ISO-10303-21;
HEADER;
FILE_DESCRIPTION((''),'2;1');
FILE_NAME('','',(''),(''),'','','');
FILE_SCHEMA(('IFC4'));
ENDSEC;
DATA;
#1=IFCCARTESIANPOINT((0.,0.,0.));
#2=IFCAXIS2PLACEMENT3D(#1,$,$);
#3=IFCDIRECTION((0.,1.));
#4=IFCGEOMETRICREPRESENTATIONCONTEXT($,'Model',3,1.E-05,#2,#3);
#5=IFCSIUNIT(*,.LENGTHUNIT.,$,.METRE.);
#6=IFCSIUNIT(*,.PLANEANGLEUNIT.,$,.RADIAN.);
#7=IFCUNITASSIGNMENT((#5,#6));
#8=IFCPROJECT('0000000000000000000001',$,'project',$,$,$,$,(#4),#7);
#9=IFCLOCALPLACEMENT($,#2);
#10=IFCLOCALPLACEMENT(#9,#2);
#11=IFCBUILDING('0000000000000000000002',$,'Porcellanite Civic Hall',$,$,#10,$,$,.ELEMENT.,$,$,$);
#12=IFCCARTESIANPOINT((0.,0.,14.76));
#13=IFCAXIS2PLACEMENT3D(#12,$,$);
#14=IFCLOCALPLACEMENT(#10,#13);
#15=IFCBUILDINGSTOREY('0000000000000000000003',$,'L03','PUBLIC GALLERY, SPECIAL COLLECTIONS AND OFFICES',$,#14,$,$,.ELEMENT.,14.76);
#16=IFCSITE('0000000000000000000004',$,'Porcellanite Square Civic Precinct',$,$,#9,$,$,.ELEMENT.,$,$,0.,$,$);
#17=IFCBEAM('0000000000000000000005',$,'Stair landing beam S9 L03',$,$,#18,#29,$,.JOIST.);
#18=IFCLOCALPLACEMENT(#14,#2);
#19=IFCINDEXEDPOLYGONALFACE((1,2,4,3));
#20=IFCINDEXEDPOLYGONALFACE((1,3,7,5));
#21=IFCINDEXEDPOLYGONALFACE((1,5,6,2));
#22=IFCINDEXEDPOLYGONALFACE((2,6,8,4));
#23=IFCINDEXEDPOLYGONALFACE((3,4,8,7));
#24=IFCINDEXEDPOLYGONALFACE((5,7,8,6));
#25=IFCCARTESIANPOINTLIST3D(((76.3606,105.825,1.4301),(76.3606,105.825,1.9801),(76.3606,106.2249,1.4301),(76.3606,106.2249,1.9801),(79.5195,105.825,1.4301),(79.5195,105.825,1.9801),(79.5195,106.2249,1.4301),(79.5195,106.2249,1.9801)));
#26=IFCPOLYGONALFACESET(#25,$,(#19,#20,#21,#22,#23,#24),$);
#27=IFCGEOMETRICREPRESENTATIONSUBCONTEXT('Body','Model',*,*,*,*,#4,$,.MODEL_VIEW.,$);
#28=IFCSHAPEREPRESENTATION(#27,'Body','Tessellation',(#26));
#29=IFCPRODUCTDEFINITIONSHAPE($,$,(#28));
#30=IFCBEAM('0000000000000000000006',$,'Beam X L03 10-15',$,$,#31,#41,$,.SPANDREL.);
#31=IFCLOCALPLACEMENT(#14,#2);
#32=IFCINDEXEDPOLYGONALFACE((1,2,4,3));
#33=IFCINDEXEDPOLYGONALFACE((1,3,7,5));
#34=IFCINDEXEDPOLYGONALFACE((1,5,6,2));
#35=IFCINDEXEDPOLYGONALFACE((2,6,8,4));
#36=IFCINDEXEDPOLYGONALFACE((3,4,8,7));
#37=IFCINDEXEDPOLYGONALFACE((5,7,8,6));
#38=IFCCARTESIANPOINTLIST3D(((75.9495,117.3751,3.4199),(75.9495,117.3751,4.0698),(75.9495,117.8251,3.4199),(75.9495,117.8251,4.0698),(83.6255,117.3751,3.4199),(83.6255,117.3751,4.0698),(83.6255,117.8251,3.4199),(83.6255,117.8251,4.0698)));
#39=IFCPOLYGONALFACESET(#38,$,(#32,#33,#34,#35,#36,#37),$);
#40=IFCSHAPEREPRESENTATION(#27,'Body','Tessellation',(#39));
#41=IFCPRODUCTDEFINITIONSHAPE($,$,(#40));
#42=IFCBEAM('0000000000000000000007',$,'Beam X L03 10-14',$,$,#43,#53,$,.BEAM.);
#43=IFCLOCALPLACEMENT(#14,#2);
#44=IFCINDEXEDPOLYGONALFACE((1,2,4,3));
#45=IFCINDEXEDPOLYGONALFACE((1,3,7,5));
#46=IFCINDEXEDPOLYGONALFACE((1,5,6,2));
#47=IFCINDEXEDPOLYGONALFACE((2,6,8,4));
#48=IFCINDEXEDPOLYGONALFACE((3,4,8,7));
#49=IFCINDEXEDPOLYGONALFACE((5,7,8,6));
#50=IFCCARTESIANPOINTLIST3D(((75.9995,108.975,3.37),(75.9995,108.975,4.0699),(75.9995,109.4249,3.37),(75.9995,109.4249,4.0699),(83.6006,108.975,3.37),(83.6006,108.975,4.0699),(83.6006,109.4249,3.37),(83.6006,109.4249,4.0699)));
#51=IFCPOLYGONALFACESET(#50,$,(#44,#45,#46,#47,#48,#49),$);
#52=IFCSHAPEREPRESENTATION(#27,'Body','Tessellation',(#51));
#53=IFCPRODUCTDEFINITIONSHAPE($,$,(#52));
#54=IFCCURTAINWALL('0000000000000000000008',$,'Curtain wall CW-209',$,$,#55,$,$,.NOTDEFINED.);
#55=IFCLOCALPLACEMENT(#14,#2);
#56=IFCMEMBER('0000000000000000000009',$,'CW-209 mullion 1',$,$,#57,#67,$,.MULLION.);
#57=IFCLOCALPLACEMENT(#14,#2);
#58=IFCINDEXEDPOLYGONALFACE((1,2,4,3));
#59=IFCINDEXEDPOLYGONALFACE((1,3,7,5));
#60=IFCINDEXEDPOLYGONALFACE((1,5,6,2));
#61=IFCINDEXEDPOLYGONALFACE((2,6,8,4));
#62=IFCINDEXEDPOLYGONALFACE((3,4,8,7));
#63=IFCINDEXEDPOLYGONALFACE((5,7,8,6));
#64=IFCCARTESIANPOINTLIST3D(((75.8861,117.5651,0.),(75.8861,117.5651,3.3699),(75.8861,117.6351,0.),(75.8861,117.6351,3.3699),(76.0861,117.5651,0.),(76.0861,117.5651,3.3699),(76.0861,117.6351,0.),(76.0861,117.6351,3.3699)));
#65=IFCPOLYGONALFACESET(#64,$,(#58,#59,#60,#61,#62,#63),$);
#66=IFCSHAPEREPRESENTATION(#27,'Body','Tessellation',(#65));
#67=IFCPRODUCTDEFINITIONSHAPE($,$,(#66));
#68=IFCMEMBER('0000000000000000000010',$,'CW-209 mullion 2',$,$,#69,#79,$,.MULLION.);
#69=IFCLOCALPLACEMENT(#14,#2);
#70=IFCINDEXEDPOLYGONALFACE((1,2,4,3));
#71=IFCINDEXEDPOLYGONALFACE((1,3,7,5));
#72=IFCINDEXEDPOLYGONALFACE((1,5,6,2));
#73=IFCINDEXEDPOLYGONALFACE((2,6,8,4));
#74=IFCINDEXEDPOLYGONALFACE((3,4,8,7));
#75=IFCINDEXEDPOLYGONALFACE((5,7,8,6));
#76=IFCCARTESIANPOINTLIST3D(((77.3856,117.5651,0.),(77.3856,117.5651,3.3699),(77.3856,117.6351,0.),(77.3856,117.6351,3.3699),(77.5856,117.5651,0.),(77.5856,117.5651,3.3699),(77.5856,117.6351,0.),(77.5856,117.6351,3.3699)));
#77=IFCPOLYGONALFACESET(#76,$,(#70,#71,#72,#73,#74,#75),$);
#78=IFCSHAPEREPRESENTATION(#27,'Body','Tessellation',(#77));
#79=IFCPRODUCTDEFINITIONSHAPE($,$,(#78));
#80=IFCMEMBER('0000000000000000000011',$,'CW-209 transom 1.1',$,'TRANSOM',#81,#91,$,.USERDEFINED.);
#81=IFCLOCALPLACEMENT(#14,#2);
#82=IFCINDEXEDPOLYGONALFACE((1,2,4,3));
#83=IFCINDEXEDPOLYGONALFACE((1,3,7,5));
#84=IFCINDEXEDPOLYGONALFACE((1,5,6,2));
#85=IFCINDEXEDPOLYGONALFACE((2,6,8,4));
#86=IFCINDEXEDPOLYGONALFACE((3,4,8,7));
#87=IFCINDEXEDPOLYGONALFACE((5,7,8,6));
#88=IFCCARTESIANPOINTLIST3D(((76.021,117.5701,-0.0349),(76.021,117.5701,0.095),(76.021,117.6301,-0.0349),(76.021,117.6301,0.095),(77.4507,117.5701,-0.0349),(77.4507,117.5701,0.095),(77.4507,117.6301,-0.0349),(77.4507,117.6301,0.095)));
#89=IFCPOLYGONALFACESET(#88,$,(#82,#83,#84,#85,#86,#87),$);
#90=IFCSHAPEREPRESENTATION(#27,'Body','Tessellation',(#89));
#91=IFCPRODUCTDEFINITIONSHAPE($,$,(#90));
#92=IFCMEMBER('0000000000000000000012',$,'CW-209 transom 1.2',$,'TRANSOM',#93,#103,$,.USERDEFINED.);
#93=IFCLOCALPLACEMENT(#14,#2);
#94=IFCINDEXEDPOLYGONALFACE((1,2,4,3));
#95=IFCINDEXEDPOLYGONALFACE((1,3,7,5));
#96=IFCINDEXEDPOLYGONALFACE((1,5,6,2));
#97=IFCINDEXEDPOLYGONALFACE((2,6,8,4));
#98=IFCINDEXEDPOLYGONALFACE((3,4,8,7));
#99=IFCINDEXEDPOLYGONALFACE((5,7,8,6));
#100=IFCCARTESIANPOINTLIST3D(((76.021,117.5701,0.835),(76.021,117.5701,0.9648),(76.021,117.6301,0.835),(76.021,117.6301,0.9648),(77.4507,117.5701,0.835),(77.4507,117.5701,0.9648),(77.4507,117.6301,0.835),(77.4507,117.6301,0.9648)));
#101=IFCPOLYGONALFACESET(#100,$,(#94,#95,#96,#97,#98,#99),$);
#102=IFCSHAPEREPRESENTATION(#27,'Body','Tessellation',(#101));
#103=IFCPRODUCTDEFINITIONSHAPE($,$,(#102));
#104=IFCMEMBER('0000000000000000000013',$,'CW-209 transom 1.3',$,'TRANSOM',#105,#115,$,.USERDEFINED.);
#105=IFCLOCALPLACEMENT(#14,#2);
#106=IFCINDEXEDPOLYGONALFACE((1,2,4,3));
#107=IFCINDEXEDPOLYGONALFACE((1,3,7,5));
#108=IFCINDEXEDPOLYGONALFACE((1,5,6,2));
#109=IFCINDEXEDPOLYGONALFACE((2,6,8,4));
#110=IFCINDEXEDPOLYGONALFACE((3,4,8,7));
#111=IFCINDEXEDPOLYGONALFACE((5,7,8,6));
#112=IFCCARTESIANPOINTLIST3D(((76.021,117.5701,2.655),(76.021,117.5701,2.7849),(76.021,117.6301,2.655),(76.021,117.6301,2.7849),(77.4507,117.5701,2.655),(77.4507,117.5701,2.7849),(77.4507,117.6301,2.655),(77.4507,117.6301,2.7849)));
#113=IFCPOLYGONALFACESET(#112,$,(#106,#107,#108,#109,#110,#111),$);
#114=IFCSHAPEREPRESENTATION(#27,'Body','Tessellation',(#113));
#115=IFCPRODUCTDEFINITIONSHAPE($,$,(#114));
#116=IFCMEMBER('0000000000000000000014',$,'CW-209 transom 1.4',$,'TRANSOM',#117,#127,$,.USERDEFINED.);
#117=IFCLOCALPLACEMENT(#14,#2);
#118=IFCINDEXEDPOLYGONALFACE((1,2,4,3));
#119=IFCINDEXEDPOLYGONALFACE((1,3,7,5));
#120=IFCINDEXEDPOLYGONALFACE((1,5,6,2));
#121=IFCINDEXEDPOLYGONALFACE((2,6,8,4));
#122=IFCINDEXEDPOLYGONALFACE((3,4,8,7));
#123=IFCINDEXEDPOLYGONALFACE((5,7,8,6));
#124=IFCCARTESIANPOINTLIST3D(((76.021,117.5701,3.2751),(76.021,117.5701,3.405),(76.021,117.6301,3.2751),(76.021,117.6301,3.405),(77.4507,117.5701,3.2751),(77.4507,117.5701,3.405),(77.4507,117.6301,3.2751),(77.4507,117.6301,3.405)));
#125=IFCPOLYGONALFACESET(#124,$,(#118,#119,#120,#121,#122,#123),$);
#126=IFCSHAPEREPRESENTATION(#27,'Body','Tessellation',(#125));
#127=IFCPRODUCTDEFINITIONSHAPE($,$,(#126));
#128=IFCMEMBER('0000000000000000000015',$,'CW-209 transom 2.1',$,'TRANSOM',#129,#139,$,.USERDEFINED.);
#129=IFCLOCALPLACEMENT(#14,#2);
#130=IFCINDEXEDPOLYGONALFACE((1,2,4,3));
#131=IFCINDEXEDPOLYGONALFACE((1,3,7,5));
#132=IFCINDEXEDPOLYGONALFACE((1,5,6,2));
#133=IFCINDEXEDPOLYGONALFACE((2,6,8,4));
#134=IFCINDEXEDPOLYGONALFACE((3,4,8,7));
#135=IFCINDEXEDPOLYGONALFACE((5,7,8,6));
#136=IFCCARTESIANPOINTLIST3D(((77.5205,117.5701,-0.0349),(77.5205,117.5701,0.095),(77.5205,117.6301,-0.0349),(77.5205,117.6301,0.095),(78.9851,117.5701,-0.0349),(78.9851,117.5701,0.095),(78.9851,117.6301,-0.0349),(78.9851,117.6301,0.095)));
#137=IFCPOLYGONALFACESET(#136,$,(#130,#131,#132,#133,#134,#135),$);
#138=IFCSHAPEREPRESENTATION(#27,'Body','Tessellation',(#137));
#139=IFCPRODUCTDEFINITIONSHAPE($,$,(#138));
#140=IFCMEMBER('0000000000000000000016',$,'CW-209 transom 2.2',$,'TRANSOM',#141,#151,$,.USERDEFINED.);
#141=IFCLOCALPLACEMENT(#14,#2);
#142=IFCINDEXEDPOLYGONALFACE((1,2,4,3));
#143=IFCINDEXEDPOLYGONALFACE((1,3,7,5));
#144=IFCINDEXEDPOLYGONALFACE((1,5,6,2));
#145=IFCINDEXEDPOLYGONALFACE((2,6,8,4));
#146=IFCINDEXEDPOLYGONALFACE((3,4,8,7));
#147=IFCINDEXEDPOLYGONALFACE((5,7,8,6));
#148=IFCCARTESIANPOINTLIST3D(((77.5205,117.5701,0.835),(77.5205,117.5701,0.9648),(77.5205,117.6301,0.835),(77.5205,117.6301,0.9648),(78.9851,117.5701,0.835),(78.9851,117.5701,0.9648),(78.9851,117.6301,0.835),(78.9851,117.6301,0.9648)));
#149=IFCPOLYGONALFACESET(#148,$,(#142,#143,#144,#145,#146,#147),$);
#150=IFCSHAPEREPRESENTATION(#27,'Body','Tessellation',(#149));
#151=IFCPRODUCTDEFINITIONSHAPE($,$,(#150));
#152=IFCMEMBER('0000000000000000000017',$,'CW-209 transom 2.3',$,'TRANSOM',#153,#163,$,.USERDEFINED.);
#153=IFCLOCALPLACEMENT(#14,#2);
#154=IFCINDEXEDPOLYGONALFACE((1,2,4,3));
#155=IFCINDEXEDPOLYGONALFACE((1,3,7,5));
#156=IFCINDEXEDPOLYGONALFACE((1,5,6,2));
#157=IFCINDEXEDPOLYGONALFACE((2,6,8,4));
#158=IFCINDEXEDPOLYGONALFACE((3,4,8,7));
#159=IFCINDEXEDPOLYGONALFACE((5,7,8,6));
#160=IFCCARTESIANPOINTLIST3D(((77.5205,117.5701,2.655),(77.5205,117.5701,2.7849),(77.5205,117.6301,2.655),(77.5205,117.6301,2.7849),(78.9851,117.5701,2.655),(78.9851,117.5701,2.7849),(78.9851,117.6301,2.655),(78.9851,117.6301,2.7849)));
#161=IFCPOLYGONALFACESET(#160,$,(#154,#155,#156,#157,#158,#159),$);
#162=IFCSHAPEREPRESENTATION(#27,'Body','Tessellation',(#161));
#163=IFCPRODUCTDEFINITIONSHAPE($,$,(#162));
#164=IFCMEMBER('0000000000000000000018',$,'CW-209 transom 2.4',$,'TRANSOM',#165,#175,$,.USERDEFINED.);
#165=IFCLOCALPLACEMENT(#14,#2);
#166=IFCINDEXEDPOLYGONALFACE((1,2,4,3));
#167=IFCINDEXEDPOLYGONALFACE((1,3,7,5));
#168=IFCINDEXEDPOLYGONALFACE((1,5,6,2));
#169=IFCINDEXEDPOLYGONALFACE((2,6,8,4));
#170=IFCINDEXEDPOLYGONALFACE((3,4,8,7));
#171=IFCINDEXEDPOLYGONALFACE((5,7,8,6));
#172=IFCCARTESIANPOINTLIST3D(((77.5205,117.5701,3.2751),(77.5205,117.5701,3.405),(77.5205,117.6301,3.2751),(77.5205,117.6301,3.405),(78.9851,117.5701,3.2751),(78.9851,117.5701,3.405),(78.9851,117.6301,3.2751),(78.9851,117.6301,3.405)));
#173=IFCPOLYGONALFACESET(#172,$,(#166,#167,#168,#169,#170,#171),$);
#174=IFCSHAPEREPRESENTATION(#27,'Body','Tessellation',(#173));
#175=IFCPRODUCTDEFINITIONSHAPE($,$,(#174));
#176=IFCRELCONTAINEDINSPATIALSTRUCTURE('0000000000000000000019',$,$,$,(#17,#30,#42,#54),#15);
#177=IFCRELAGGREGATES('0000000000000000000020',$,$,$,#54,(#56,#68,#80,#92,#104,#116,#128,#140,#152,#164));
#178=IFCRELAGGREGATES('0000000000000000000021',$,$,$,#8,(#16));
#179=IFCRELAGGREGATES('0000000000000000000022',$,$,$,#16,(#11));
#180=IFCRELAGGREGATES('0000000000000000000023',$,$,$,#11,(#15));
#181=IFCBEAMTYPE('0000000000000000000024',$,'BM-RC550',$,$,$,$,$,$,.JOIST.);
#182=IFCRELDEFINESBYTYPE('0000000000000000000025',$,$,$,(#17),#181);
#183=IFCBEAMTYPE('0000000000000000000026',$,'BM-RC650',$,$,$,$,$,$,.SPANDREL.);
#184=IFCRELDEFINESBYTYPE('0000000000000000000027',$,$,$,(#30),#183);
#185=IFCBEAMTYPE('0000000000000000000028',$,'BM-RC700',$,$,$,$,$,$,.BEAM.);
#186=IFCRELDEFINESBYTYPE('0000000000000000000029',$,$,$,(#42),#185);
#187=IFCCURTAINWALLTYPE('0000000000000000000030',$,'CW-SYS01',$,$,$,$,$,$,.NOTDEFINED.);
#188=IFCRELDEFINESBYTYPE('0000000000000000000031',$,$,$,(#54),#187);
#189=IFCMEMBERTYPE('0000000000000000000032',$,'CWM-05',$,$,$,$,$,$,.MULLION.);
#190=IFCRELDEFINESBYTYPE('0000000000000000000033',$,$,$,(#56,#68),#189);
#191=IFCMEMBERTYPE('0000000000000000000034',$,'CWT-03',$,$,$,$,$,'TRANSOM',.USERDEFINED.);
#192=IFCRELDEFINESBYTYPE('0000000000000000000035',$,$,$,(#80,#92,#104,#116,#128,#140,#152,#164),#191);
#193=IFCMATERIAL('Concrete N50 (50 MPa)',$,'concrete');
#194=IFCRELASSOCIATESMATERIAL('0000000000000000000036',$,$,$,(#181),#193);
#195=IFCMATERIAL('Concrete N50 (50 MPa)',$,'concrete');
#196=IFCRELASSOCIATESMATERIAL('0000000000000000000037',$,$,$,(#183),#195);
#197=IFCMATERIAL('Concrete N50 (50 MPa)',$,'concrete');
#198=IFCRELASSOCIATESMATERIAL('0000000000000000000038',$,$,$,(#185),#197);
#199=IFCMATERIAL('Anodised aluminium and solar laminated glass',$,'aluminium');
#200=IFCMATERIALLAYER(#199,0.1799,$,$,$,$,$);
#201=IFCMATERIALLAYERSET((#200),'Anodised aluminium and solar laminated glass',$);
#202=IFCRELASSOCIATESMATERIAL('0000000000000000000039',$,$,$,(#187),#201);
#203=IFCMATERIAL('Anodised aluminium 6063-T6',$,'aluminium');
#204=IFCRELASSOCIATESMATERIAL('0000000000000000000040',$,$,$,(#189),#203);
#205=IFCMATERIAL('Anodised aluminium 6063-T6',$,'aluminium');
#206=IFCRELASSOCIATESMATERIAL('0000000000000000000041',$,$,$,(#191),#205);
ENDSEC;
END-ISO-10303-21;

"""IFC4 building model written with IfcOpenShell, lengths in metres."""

from ifc_helpers import new_model, si_unit, direction, frame, origin, origin_2d, place, context, subcontext, project, spatial, rectangle, extrude, material, layer, layer_set, material_profile, profile_set, type_object, element, aggregate, save


model = new_model("IFC4")

# Units and contexts
model_context = context("Model", 3, precision=1e-05, world=origin(), true_north=direction((0.0, 1.0)))
body_context = subcontext(model_context, "Body", "Model", "MODEL_VIEW")
ifc_project = project(units=[si_unit("LENGTHUNIT", "METRE"), si_unit("PLANEANGLEUNIT", "RADIAN")], contexts=[model_context])

# Site, building, storey
site_placement = place(None, origin())
site = spatial("IfcSite", under=ifc_project, at=site_placement, Name="Porcellanite Square Civic Precinct", CompositionType="ELEMENT", RefElevation=0.0)
building_placement = place(site_placement, origin())
building = spatial("IfcBuilding", under=site, at=building_placement, Name="Porcellanite Civic Hall", CompositionType="ELEMENT")
storey_placement = place(building_placement, frame((0.0, 0.0, 14.76)))
storey = spatial("IfcBuildingStorey", under=building, at=storey_placement, Name="L03", Description="PUBLIC GALLERY, SPECIAL COLLECTIONS AND OFFICES", CompositionType="ELEMENT", Elevation=14.76)

# Beams
ifc_material_1 = material(Name="Concrete N50 (50 MPa)", Category="concrete")
ifc_material_profile_1 = material_profile(ifc_material_1, rectangle(XDim=0.3999, YDim=0.55, at=origin_2d()), Name="RC-400x550")
ifc_profile_set_1 = profile_set([ifc_material_profile_1], Name="Concrete N50 (50 MPa)")
beam_type_1 = type_object("IfcBeamType", Name="BM-RC550", PredefinedType="JOIST", material=ifc_profile_set_1)
beam_1_placement = place(storey_placement, frame((76.3606, 106.0249, 1.7051), z_axis=(1.0, 0.0, 0.0), x_axis=(0.0, 1.0, 0.0)))
element("IfcBeam", 1, at=beam_1_placement, inside=storey, type_object=beam_type_1, Name="Stair landing beam S9 L03", PredefinedType="JOIST", context=body_context, shape_type="SweptSolid", body=[
    extrude(rectangle(XDim=0.3999, YDim=0.55, at=origin_2d()), origin(), (0.0, 0.0, 1.0), 3.1589),
])
ifc_material_2 = material(Name="Concrete N50 (50 MPa)", Category="concrete")
ifc_material_profile_2 = material_profile(ifc_material_2, rectangle(XDim=0.45, YDim=0.6499, at=origin_2d()), Name="RC-450x650")
ifc_profile_set_2 = profile_set([ifc_material_profile_2], Name="Concrete N50 (50 MPa)")
beam_type_2 = type_object("IfcBeamType", Name="BM-RC650", PredefinedType="SPANDREL", material=ifc_profile_set_2)
beam_2_placement = place(storey_placement, frame((75.9495, 117.6001, 3.7449), z_axis=(1.0, 0.0, 0.0), x_axis=(0.0, 1.0, 0.0)))
element("IfcBeam", 2, at=beam_2_placement, inside=storey, type_object=beam_type_2, Name="Beam X L03 10-15", PredefinedType="SPANDREL", context=body_context, shape_type="SweptSolid", body=[
    extrude(rectangle(XDim=0.45, YDim=0.6499, at=origin_2d()), origin(), (0.0, 0.0, 1.0), 7.676),
])
ifc_material_3 = material(Name="Concrete N50 (50 MPa)", Category="concrete")
ifc_material_profile_3 = material_profile(ifc_material_3, rectangle(XDim=0.45, YDim=0.7, at=origin_2d()), Name="RC-450x700")
ifc_profile_set_3 = profile_set([ifc_material_profile_3], Name="Concrete N50 (50 MPa)")
beam_type_3 = type_object("IfcBeamType", Name="BM-RC700", PredefinedType="BEAM", material=ifc_profile_set_3)
beam_3_placement = place(storey_placement, frame((75.9995, 109.2, 3.72), z_axis=(1.0, 0.0, 0.0), x_axis=(0.0, 1.0, 0.0)))
element("IfcBeam", 3, at=beam_3_placement, inside=storey, type_object=beam_type_3, Name="Beam X L03 10-14", PredefinedType="BEAM", context=body_context, shape_type="SweptSolid", body=[
    extrude(rectangle(XDim=0.45, YDim=0.7, at=origin_2d()), origin(), (0.0, 0.0, 1.0), 7.6011),
])

# Curtain wall, members
ifc_material_4 = material(Name="Anodised aluminium and solar laminated glass", Category="aluminium")
ifc_layer_1 = layer(ifc_material_4, 0.1799)
ifc_layer_set_1 = layer_set([ifc_layer_1], Name="Anodised aluminium and solar laminated glass")
curtain_wall_type = type_object("IfcCurtainWallType", Name="CW-SYS01", PredefinedType="NOTDEFINED", material=ifc_layer_set_1)
curtain_wall_placement = place(storey_placement, origin())
curtain_wall = element("IfcCurtainWall", 4, at=curtain_wall_placement, inside=storey, type_object=curtain_wall_type, Name="Curtain wall CW-209", PredefinedType="NOTDEFINED")
ifc_material_5 = material(Name="Anodised aluminium 6063-T6", Category="aluminium")
ifc_material_profile_4 = material_profile(ifc_material_5, rectangle(XDim=0.0701, YDim=0.2, at=origin_2d()), Name="AL-70x200")
ifc_profile_set_4 = profile_set([ifc_material_profile_4], Name="Anodised aluminium 6063-T6")
member_type_1 = type_object("IfcMemberType", Name="CWM-05", PredefinedType="MULLION", material=ifc_profile_set_4)
member_1_placement = place(storey_placement, frame((75.9861, 117.6001, 0.0), z_axis=(0.0, 0.0, 1.0), x_axis=(0.0, 1.0, 0.0)))
member_1 = element("IfcMember", 5, at=member_1_placement, type_object=member_type_1, Name="CW-209 mullion 1", PredefinedType="MULLION", context=body_context, shape_type="SweptSolid", body=[
    extrude(rectangle(XDim=0.0701, YDim=0.2, at=origin_2d()), origin(), (0.0, 0.0, 1.0), 3.3699),
])
member_2_placement = place(storey_placement, frame((77.4856, 117.6001, 0.0), z_axis=(0.0, 0.0, 1.0), x_axis=(0.0, 1.0, 0.0)))
member_2 = element("IfcMember", 6, at=member_2_placement, type_object=member_type_1, Name="CW-209 mullion 2", PredefinedType="MULLION", context=body_context, shape_type="SweptSolid", body=[
    extrude(rectangle(XDim=0.0701, YDim=0.2, at=origin_2d()), origin(), (0.0, 0.0, 1.0), 3.3699),
])
ifc_material_6 = material(Name="Anodised aluminium 6063-T6", Category="aluminium")
ifc_material_profile_5 = material_profile(ifc_material_6, rectangle(XDim=0.0601, YDim=0.1299, at=origin_2d()), Name="AL-60x130")
ifc_profile_set_5 = profile_set([ifc_material_profile_5], Name="Anodised aluminium 6063-T6")
member_type_2 = type_object("IfcMemberType", Name="CWT-03", ElementType="TRANSOM", PredefinedType="USERDEFINED", material=ifc_profile_set_5)
member_3_placement = place(storey_placement, frame((76.021, 117.6001, 0.03), z_axis=(1.0, 0.0, 0.0), x_axis=(0.0, 1.0, 0.0)))
member_3 = element("IfcMember", 7, at=member_3_placement, type_object=member_type_2, Name="CW-209 transom 1.1", ObjectType="TRANSOM", PredefinedType="USERDEFINED", context=body_context, shape_type="SweptSolid", body=[
    extrude(rectangle(XDim=0.0601, YDim=0.1299, at=origin_2d()), origin(), (0.0, 0.0, 1.0), 1.4297),
])
member_4_placement = place(storey_placement, frame((76.021, 117.6001, 0.8999), z_axis=(1.0, 0.0, 0.0), x_axis=(0.0, 1.0, 0.0)))
member_4 = element("IfcMember", 8, at=member_4_placement, type_object=member_type_2, Name="CW-209 transom 1.2", ObjectType="TRANSOM", PredefinedType="USERDEFINED", context=body_context, shape_type="SweptSolid", body=[
    extrude(rectangle(XDim=0.0601, YDim=0.1299, at=origin_2d()), origin(), (0.0, 0.0, 1.0), 1.4297),
])
member_5_placement = place(storey_placement, frame((76.021, 117.6001, 2.72), z_axis=(1.0, 0.0, 0.0), x_axis=(0.0, 1.0, 0.0)))
member_5 = element("IfcMember", 9, at=member_5_placement, type_object=member_type_2, Name="CW-209 transom 1.3", ObjectType="TRANSOM", PredefinedType="USERDEFINED", context=body_context, shape_type="SweptSolid", body=[
    extrude(rectangle(XDim=0.0601, YDim=0.1299, at=origin_2d()), origin(), (0.0, 0.0, 1.0), 1.4297),
])
member_6_placement = place(storey_placement, frame((76.021, 117.6001, 3.3401), z_axis=(1.0, 0.0, 0.0), x_axis=(0.0, 1.0, 0.0)))
member_6 = element("IfcMember", 10, at=member_6_placement, type_object=member_type_2, Name="CW-209 transom 1.4", ObjectType="TRANSOM", PredefinedType="USERDEFINED", context=body_context, shape_type="SweptSolid", body=[
    extrude(rectangle(XDim=0.0601, YDim=0.1299, at=origin_2d()), origin(), (0.0, 0.0, 1.0), 1.4297),
])
member_7_placement = place(storey_placement, frame((77.5205, 117.6001, 0.03), z_axis=(1.0, 0.0, 0.0), x_axis=(0.0, 1.0, 0.0)))
member_7 = element("IfcMember", 11, at=member_7_placement, type_object=member_type_2, Name="CW-209 transom 2.1", ObjectType="TRANSOM", PredefinedType="USERDEFINED", context=body_context, shape_type="SweptSolid", body=[
    extrude(rectangle(XDim=0.0601, YDim=0.1299, at=origin_2d()), origin(), (0.0, 0.0, 1.0), 1.4646),
])
member_8_placement = place(storey_placement, frame((77.5205, 117.6001, 0.8999), z_axis=(1.0, 0.0, 0.0), x_axis=(0.0, 1.0, 0.0)))
member_8 = element("IfcMember", 12, at=member_8_placement, type_object=member_type_2, Name="CW-209 transom 2.2", ObjectType="TRANSOM", PredefinedType="USERDEFINED", context=body_context, shape_type="SweptSolid", body=[
    extrude(rectangle(XDim=0.0601, YDim=0.1299, at=origin_2d()), origin(), (0.0, 0.0, 1.0), 1.4646),
])
member_9_placement = place(storey_placement, frame((77.5205, 117.6001, 2.72), z_axis=(1.0, 0.0, 0.0), x_axis=(0.0, 1.0, 0.0)))
member_9 = element("IfcMember", 13, at=member_9_placement, type_object=member_type_2, Name="CW-209 transom 2.3", ObjectType="TRANSOM", PredefinedType="USERDEFINED", context=body_context, shape_type="SweptSolid", body=[
    extrude(rectangle(XDim=0.0601, YDim=0.1299, at=origin_2d()), origin(), (0.0, 0.0, 1.0), 1.4646),
])
member_10_placement = place(storey_placement, frame((77.5205, 117.6001, 3.3401), z_axis=(1.0, 0.0, 0.0), x_axis=(0.0, 1.0, 0.0)))
member_10 = element("IfcMember", 14, at=member_10_placement, type_object=member_type_2, Name="CW-209 transom 2.4", ObjectType="TRANSOM", PredefinedType="USERDEFINED", context=body_context, shape_type="SweptSolid", body=[
    extrude(rectangle(XDim=0.0601, YDim=0.1299, at=origin_2d()), origin(), (0.0, 0.0, 1.0), 1.4646),
])

aggregate(curtain_wall, [member_1, member_2, member_3, member_4, member_5, member_6, member_7, member_8, member_9, member_10])

save(model, "model.ifc")
